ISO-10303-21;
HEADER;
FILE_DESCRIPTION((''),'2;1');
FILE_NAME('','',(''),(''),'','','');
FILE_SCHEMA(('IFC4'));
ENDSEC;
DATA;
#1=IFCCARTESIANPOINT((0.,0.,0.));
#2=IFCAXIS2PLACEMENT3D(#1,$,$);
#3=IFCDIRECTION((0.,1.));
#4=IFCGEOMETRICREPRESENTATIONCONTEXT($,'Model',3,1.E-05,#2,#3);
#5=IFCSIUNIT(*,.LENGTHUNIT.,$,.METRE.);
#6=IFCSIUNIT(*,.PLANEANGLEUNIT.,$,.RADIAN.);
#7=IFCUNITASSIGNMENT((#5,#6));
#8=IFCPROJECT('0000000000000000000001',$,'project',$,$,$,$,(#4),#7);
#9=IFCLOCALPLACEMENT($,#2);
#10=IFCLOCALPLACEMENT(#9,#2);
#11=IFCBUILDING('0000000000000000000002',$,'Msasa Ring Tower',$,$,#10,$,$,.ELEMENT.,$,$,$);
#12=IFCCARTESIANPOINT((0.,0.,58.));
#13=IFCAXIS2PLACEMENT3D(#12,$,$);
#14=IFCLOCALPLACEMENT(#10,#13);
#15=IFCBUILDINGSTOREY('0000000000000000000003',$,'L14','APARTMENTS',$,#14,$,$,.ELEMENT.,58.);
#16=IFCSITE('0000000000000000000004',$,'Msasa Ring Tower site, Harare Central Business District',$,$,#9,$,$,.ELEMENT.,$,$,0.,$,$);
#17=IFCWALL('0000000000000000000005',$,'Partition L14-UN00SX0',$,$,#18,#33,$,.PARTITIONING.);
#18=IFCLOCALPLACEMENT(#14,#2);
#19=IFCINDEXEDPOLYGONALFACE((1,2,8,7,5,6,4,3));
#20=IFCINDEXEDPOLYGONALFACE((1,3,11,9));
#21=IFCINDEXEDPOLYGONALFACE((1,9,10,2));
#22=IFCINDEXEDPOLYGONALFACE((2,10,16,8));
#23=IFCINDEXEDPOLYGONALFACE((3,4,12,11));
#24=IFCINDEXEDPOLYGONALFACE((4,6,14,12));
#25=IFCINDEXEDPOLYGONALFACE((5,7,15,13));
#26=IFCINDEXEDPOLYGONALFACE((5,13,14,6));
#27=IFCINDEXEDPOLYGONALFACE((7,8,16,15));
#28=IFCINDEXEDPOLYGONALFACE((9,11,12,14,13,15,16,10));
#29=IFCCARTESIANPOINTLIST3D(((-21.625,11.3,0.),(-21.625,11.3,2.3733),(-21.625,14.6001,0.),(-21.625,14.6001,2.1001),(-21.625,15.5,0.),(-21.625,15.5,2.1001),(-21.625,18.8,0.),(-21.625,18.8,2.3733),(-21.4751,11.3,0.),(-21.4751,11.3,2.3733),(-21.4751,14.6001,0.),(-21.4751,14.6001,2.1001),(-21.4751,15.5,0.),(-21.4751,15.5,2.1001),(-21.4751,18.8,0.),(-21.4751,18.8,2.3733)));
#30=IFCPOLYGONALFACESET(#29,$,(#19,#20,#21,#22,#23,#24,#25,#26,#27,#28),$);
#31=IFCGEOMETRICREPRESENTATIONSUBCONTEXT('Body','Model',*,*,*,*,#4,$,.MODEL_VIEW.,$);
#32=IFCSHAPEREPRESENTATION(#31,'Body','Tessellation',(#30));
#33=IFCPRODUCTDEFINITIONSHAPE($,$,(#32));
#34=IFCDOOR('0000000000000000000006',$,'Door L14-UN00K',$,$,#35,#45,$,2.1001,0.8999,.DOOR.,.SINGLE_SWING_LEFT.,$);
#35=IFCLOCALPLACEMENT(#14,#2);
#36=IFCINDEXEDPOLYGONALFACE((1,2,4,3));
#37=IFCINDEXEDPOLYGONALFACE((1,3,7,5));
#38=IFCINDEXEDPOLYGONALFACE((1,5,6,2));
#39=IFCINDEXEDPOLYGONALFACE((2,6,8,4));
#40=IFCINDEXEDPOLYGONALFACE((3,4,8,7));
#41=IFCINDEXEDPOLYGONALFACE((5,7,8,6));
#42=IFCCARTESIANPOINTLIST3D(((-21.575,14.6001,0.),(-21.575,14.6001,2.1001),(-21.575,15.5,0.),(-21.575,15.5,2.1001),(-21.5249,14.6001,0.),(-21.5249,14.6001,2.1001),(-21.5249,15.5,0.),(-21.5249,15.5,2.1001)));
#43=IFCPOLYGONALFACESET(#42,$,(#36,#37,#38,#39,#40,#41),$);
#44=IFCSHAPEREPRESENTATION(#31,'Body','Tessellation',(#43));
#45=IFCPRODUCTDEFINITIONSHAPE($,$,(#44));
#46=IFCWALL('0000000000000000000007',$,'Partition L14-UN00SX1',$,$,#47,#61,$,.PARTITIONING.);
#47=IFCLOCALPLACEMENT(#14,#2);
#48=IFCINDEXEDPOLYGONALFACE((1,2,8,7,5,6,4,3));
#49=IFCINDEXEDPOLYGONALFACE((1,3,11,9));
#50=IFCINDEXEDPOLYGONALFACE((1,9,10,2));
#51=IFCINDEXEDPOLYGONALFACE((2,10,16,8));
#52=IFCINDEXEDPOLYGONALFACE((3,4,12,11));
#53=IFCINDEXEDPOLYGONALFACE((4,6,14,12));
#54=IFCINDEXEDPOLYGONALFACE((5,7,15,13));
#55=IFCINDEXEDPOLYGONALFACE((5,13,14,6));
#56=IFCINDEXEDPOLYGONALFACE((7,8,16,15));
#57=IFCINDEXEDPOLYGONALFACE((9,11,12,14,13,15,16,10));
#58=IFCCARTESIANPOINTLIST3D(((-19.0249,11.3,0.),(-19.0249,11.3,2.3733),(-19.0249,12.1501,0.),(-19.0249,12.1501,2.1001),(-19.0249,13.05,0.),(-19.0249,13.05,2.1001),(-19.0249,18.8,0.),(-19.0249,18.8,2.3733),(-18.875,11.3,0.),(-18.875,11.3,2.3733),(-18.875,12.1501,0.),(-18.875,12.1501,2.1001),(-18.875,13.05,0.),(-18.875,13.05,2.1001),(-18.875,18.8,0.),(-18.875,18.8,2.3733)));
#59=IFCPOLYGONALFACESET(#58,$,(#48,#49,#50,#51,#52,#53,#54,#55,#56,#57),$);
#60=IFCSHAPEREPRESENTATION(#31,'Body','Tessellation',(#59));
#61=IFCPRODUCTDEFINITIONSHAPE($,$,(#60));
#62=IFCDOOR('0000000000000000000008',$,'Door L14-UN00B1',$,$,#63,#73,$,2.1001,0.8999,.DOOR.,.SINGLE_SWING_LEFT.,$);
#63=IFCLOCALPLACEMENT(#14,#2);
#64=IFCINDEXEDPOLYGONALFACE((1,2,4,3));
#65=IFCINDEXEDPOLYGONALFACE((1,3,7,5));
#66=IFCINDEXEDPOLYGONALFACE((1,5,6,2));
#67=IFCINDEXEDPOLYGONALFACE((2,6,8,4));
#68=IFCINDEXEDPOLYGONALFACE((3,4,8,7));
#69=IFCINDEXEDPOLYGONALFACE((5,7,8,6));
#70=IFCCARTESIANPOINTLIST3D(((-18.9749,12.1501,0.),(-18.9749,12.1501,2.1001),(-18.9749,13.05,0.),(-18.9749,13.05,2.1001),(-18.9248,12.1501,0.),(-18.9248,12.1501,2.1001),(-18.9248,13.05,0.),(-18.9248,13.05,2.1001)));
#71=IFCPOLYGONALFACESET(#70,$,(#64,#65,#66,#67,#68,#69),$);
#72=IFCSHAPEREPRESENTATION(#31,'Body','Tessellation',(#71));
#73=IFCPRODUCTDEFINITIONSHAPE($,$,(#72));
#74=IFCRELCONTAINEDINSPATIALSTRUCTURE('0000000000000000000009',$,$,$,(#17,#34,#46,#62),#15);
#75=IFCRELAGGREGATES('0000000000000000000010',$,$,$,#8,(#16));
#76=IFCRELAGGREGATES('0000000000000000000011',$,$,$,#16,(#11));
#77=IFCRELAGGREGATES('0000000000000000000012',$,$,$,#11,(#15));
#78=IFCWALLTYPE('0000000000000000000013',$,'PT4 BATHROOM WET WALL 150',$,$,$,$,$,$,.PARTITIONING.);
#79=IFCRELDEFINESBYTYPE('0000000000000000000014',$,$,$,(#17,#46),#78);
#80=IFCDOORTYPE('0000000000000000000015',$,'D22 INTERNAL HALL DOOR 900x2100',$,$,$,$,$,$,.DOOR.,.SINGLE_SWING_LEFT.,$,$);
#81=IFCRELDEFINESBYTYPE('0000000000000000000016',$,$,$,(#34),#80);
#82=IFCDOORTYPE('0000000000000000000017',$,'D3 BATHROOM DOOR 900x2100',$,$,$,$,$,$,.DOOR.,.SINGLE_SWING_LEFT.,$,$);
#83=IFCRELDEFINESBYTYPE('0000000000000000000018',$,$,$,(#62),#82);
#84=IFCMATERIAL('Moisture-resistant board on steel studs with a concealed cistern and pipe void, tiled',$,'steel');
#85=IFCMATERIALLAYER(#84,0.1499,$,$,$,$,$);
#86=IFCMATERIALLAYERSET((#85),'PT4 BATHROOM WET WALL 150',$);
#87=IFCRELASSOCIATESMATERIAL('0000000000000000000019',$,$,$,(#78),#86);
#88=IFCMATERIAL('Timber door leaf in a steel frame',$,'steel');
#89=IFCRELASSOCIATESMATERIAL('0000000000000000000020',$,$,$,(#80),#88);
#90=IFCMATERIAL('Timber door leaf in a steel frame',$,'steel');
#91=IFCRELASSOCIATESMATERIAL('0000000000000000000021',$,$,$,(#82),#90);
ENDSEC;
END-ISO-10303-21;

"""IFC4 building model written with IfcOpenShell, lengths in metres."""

from ifc_helpers import new_model, si_unit, direction, frame, frame_2d, origin, place, context, subcontext, project, spatial, rectangle, extrude, material, layer, layer_set, type_object, element, fill, save


model = new_model("IFC4")

# Units and contexts
model_context = context("Model", 3, precision=1e-05, world=origin(), true_north=direction((0.0, 1.0)))
body_context = subcontext(model_context, "Body", "Model", "MODEL_VIEW")
ifc_project = project(units=[si_unit("LENGTHUNIT", "METRE"), si_unit("PLANEANGLEUNIT", "RADIAN")], contexts=[model_context])

# Site, building, storey
site_placement = place(None, origin())
site = spatial("IfcSite", under=ifc_project, at=site_placement, Name="Msasa Ring Tower site, Harare Central Business District", CompositionType="ELEMENT", RefElevation=0.0)
building_placement = place(site_placement, origin())
building = spatial("IfcBuilding", under=site, at=building_placement, Name="Msasa Ring Tower", CompositionType="ELEMENT")
storey_placement = place(building_placement, frame((0.0, 0.0, 58.0)))
storey = spatial("IfcBuildingStorey", under=building, at=storey_placement, Name="L14", Description="APARTMENTS", CompositionType="ELEMENT", Elevation=58.0)

# Walls, openings, doors
ifc_material_1 = material(Name="Moisture-resistant board on steel studs with a concealed cistern and pipe void, tiled", Category="steel")
ifc_layer_1 = layer(ifc_material_1, 0.1499)
ifc_layer_set_1 = layer_set([ifc_layer_1], Name="PT4 BATHROOM WET WALL 150")
wall_type_1 = type_object("IfcWallType", Name="PT4 BATHROOM WET WALL 150", PredefinedType="PARTITIONING", material=ifc_layer_set_1)
wall_1_placement = place(storey_placement, frame((-21.55, 11.3, 0.0), z_axis=(0.0, 0.0, 1.0), x_axis=(0.0, 1.0, 0.0)))
wall_1 = element("IfcWall", 1, at=wall_1_placement, inside=storey, type_object=wall_type_1, Name="Partition L14-UN00SX0", PredefinedType="PARTITIONING", context=body_context, shape_type="SweptSolid", body=[
    extrude(rectangle(XDim=7.5, YDim=0.1499, at=frame_2d((3.75, 0.0))), origin(), (0.0, 0.0, 1.0), 2.3733),
])
opening_1_placement = place(wall_1_placement, frame((3.3, 0.0, 0.0)))
opening_1 = element("IfcOpeningElement", 2, at=opening_1_placement, cuts=wall_1, PredefinedType="OPENING", context=body_context, shape_type="SweptSolid", body=[
    extrude(rectangle(XDim=0.8999, YDim=2.1001, at=frame_2d((0.45, 1.05))), frame((0.0, 0.085, 0.0), z_axis=(0.0, -1.0, 0.0), x_axis=(1.0, 0.0, 0.0)), (0.0, 0.0, 1.0), 0.1699),
])
ifc_material_2 = material(Name="Timber door leaf in a steel frame", Category="steel")
door_type_1 = type_object("IfcDoorType", Name="D22 INTERNAL HALL DOOR 900x2100", OperationType="SINGLE_SWING_LEFT", PredefinedType="DOOR", material=ifc_material_2)
door_1_placement = place(opening_1_placement, origin())
door_1 = element("IfcDoor", 3, at=door_1_placement, inside=storey, type_object=door_type_1, Name="Door L14-UN00K", OperationType="SINGLE_SWING_LEFT", OverallHeight=2.1001, OverallWidth=0.8999, PredefinedType="DOOR", context=body_context, shape_type="SweptSolid", body=[
    extrude(rectangle(XDim=0.8999, YDim=2.1001, at=frame_2d((0.45, 1.05))), frame((0.0, 0.0249, 0.0), z_axis=(0.0, -1.0, 0.0), x_axis=(1.0, 0.0, 0.0)), (0.0, 0.0, 1.0), 0.05),
])
fill(opening_1, door_1)
wall_2_placement = place(storey_placement, frame((-18.95, 11.3, 0.0), z_axis=(0.0, 0.0, 1.0), x_axis=(0.0, 1.0, 0.0)))
wall_2 = element("IfcWall", 4, at=wall_2_placement, inside=storey, type_object=wall_type_1, Name="Partition L14-UN00SX1", PredefinedType="PARTITIONING", context=body_context, shape_type="SweptSolid", body=[
    extrude(rectangle(XDim=7.5, YDim=0.1499, at=frame_2d((3.75, 0.0))), origin(), (0.0, 0.0, 1.0), 2.3733),
])
opening_2_placement = place(wall_2_placement, frame((0.8501, 0.0, 0.0)))
opening_2 = element("IfcOpeningElement", 5, at=opening_2_placement, cuts=wall_2, PredefinedType="OPENING", context=body_context, shape_type="SweptSolid", body=[
    extrude(rectangle(XDim=0.8999, YDim=2.1001, at=frame_2d((0.45, 1.05))), frame((0.0, 0.085, 0.0), z_axis=(0.0, -1.0, 0.0), x_axis=(1.0, 0.0, 0.0)), (0.0, 0.0, 1.0), 0.1699),
])
ifc_material_3 = material(Name="Timber door leaf in a steel frame", Category="steel")
door_type_2 = type_object("IfcDoorType", Name="D3 BATHROOM DOOR 900x2100", OperationType="SINGLE_SWING_LEFT", PredefinedType="DOOR", material=ifc_material_3)
door_2_placement = place(opening_2_placement, origin())
door_2 = element("IfcDoor", 6, at=door_2_placement, inside=storey, type_object=door_type_2, Name="Door L14-UN00B1", OperationType="SINGLE_SWING_LEFT", OverallHeight=2.1001, OverallWidth=0.8999, PredefinedType="DOOR", context=body_context, shape_type="SweptSolid", body=[
    extrude(rectangle(XDim=0.8999, YDim=2.1001, at=frame_2d((0.45, 1.05))), frame((0.0, 0.0249, 0.0), z_axis=(0.0, -1.0, 0.0), x_axis=(1.0, 0.0, 0.0)), (0.0, 0.0, 1.0), 0.05),
])
fill(opening_2, door_2)

save(model, "model.ifc")
